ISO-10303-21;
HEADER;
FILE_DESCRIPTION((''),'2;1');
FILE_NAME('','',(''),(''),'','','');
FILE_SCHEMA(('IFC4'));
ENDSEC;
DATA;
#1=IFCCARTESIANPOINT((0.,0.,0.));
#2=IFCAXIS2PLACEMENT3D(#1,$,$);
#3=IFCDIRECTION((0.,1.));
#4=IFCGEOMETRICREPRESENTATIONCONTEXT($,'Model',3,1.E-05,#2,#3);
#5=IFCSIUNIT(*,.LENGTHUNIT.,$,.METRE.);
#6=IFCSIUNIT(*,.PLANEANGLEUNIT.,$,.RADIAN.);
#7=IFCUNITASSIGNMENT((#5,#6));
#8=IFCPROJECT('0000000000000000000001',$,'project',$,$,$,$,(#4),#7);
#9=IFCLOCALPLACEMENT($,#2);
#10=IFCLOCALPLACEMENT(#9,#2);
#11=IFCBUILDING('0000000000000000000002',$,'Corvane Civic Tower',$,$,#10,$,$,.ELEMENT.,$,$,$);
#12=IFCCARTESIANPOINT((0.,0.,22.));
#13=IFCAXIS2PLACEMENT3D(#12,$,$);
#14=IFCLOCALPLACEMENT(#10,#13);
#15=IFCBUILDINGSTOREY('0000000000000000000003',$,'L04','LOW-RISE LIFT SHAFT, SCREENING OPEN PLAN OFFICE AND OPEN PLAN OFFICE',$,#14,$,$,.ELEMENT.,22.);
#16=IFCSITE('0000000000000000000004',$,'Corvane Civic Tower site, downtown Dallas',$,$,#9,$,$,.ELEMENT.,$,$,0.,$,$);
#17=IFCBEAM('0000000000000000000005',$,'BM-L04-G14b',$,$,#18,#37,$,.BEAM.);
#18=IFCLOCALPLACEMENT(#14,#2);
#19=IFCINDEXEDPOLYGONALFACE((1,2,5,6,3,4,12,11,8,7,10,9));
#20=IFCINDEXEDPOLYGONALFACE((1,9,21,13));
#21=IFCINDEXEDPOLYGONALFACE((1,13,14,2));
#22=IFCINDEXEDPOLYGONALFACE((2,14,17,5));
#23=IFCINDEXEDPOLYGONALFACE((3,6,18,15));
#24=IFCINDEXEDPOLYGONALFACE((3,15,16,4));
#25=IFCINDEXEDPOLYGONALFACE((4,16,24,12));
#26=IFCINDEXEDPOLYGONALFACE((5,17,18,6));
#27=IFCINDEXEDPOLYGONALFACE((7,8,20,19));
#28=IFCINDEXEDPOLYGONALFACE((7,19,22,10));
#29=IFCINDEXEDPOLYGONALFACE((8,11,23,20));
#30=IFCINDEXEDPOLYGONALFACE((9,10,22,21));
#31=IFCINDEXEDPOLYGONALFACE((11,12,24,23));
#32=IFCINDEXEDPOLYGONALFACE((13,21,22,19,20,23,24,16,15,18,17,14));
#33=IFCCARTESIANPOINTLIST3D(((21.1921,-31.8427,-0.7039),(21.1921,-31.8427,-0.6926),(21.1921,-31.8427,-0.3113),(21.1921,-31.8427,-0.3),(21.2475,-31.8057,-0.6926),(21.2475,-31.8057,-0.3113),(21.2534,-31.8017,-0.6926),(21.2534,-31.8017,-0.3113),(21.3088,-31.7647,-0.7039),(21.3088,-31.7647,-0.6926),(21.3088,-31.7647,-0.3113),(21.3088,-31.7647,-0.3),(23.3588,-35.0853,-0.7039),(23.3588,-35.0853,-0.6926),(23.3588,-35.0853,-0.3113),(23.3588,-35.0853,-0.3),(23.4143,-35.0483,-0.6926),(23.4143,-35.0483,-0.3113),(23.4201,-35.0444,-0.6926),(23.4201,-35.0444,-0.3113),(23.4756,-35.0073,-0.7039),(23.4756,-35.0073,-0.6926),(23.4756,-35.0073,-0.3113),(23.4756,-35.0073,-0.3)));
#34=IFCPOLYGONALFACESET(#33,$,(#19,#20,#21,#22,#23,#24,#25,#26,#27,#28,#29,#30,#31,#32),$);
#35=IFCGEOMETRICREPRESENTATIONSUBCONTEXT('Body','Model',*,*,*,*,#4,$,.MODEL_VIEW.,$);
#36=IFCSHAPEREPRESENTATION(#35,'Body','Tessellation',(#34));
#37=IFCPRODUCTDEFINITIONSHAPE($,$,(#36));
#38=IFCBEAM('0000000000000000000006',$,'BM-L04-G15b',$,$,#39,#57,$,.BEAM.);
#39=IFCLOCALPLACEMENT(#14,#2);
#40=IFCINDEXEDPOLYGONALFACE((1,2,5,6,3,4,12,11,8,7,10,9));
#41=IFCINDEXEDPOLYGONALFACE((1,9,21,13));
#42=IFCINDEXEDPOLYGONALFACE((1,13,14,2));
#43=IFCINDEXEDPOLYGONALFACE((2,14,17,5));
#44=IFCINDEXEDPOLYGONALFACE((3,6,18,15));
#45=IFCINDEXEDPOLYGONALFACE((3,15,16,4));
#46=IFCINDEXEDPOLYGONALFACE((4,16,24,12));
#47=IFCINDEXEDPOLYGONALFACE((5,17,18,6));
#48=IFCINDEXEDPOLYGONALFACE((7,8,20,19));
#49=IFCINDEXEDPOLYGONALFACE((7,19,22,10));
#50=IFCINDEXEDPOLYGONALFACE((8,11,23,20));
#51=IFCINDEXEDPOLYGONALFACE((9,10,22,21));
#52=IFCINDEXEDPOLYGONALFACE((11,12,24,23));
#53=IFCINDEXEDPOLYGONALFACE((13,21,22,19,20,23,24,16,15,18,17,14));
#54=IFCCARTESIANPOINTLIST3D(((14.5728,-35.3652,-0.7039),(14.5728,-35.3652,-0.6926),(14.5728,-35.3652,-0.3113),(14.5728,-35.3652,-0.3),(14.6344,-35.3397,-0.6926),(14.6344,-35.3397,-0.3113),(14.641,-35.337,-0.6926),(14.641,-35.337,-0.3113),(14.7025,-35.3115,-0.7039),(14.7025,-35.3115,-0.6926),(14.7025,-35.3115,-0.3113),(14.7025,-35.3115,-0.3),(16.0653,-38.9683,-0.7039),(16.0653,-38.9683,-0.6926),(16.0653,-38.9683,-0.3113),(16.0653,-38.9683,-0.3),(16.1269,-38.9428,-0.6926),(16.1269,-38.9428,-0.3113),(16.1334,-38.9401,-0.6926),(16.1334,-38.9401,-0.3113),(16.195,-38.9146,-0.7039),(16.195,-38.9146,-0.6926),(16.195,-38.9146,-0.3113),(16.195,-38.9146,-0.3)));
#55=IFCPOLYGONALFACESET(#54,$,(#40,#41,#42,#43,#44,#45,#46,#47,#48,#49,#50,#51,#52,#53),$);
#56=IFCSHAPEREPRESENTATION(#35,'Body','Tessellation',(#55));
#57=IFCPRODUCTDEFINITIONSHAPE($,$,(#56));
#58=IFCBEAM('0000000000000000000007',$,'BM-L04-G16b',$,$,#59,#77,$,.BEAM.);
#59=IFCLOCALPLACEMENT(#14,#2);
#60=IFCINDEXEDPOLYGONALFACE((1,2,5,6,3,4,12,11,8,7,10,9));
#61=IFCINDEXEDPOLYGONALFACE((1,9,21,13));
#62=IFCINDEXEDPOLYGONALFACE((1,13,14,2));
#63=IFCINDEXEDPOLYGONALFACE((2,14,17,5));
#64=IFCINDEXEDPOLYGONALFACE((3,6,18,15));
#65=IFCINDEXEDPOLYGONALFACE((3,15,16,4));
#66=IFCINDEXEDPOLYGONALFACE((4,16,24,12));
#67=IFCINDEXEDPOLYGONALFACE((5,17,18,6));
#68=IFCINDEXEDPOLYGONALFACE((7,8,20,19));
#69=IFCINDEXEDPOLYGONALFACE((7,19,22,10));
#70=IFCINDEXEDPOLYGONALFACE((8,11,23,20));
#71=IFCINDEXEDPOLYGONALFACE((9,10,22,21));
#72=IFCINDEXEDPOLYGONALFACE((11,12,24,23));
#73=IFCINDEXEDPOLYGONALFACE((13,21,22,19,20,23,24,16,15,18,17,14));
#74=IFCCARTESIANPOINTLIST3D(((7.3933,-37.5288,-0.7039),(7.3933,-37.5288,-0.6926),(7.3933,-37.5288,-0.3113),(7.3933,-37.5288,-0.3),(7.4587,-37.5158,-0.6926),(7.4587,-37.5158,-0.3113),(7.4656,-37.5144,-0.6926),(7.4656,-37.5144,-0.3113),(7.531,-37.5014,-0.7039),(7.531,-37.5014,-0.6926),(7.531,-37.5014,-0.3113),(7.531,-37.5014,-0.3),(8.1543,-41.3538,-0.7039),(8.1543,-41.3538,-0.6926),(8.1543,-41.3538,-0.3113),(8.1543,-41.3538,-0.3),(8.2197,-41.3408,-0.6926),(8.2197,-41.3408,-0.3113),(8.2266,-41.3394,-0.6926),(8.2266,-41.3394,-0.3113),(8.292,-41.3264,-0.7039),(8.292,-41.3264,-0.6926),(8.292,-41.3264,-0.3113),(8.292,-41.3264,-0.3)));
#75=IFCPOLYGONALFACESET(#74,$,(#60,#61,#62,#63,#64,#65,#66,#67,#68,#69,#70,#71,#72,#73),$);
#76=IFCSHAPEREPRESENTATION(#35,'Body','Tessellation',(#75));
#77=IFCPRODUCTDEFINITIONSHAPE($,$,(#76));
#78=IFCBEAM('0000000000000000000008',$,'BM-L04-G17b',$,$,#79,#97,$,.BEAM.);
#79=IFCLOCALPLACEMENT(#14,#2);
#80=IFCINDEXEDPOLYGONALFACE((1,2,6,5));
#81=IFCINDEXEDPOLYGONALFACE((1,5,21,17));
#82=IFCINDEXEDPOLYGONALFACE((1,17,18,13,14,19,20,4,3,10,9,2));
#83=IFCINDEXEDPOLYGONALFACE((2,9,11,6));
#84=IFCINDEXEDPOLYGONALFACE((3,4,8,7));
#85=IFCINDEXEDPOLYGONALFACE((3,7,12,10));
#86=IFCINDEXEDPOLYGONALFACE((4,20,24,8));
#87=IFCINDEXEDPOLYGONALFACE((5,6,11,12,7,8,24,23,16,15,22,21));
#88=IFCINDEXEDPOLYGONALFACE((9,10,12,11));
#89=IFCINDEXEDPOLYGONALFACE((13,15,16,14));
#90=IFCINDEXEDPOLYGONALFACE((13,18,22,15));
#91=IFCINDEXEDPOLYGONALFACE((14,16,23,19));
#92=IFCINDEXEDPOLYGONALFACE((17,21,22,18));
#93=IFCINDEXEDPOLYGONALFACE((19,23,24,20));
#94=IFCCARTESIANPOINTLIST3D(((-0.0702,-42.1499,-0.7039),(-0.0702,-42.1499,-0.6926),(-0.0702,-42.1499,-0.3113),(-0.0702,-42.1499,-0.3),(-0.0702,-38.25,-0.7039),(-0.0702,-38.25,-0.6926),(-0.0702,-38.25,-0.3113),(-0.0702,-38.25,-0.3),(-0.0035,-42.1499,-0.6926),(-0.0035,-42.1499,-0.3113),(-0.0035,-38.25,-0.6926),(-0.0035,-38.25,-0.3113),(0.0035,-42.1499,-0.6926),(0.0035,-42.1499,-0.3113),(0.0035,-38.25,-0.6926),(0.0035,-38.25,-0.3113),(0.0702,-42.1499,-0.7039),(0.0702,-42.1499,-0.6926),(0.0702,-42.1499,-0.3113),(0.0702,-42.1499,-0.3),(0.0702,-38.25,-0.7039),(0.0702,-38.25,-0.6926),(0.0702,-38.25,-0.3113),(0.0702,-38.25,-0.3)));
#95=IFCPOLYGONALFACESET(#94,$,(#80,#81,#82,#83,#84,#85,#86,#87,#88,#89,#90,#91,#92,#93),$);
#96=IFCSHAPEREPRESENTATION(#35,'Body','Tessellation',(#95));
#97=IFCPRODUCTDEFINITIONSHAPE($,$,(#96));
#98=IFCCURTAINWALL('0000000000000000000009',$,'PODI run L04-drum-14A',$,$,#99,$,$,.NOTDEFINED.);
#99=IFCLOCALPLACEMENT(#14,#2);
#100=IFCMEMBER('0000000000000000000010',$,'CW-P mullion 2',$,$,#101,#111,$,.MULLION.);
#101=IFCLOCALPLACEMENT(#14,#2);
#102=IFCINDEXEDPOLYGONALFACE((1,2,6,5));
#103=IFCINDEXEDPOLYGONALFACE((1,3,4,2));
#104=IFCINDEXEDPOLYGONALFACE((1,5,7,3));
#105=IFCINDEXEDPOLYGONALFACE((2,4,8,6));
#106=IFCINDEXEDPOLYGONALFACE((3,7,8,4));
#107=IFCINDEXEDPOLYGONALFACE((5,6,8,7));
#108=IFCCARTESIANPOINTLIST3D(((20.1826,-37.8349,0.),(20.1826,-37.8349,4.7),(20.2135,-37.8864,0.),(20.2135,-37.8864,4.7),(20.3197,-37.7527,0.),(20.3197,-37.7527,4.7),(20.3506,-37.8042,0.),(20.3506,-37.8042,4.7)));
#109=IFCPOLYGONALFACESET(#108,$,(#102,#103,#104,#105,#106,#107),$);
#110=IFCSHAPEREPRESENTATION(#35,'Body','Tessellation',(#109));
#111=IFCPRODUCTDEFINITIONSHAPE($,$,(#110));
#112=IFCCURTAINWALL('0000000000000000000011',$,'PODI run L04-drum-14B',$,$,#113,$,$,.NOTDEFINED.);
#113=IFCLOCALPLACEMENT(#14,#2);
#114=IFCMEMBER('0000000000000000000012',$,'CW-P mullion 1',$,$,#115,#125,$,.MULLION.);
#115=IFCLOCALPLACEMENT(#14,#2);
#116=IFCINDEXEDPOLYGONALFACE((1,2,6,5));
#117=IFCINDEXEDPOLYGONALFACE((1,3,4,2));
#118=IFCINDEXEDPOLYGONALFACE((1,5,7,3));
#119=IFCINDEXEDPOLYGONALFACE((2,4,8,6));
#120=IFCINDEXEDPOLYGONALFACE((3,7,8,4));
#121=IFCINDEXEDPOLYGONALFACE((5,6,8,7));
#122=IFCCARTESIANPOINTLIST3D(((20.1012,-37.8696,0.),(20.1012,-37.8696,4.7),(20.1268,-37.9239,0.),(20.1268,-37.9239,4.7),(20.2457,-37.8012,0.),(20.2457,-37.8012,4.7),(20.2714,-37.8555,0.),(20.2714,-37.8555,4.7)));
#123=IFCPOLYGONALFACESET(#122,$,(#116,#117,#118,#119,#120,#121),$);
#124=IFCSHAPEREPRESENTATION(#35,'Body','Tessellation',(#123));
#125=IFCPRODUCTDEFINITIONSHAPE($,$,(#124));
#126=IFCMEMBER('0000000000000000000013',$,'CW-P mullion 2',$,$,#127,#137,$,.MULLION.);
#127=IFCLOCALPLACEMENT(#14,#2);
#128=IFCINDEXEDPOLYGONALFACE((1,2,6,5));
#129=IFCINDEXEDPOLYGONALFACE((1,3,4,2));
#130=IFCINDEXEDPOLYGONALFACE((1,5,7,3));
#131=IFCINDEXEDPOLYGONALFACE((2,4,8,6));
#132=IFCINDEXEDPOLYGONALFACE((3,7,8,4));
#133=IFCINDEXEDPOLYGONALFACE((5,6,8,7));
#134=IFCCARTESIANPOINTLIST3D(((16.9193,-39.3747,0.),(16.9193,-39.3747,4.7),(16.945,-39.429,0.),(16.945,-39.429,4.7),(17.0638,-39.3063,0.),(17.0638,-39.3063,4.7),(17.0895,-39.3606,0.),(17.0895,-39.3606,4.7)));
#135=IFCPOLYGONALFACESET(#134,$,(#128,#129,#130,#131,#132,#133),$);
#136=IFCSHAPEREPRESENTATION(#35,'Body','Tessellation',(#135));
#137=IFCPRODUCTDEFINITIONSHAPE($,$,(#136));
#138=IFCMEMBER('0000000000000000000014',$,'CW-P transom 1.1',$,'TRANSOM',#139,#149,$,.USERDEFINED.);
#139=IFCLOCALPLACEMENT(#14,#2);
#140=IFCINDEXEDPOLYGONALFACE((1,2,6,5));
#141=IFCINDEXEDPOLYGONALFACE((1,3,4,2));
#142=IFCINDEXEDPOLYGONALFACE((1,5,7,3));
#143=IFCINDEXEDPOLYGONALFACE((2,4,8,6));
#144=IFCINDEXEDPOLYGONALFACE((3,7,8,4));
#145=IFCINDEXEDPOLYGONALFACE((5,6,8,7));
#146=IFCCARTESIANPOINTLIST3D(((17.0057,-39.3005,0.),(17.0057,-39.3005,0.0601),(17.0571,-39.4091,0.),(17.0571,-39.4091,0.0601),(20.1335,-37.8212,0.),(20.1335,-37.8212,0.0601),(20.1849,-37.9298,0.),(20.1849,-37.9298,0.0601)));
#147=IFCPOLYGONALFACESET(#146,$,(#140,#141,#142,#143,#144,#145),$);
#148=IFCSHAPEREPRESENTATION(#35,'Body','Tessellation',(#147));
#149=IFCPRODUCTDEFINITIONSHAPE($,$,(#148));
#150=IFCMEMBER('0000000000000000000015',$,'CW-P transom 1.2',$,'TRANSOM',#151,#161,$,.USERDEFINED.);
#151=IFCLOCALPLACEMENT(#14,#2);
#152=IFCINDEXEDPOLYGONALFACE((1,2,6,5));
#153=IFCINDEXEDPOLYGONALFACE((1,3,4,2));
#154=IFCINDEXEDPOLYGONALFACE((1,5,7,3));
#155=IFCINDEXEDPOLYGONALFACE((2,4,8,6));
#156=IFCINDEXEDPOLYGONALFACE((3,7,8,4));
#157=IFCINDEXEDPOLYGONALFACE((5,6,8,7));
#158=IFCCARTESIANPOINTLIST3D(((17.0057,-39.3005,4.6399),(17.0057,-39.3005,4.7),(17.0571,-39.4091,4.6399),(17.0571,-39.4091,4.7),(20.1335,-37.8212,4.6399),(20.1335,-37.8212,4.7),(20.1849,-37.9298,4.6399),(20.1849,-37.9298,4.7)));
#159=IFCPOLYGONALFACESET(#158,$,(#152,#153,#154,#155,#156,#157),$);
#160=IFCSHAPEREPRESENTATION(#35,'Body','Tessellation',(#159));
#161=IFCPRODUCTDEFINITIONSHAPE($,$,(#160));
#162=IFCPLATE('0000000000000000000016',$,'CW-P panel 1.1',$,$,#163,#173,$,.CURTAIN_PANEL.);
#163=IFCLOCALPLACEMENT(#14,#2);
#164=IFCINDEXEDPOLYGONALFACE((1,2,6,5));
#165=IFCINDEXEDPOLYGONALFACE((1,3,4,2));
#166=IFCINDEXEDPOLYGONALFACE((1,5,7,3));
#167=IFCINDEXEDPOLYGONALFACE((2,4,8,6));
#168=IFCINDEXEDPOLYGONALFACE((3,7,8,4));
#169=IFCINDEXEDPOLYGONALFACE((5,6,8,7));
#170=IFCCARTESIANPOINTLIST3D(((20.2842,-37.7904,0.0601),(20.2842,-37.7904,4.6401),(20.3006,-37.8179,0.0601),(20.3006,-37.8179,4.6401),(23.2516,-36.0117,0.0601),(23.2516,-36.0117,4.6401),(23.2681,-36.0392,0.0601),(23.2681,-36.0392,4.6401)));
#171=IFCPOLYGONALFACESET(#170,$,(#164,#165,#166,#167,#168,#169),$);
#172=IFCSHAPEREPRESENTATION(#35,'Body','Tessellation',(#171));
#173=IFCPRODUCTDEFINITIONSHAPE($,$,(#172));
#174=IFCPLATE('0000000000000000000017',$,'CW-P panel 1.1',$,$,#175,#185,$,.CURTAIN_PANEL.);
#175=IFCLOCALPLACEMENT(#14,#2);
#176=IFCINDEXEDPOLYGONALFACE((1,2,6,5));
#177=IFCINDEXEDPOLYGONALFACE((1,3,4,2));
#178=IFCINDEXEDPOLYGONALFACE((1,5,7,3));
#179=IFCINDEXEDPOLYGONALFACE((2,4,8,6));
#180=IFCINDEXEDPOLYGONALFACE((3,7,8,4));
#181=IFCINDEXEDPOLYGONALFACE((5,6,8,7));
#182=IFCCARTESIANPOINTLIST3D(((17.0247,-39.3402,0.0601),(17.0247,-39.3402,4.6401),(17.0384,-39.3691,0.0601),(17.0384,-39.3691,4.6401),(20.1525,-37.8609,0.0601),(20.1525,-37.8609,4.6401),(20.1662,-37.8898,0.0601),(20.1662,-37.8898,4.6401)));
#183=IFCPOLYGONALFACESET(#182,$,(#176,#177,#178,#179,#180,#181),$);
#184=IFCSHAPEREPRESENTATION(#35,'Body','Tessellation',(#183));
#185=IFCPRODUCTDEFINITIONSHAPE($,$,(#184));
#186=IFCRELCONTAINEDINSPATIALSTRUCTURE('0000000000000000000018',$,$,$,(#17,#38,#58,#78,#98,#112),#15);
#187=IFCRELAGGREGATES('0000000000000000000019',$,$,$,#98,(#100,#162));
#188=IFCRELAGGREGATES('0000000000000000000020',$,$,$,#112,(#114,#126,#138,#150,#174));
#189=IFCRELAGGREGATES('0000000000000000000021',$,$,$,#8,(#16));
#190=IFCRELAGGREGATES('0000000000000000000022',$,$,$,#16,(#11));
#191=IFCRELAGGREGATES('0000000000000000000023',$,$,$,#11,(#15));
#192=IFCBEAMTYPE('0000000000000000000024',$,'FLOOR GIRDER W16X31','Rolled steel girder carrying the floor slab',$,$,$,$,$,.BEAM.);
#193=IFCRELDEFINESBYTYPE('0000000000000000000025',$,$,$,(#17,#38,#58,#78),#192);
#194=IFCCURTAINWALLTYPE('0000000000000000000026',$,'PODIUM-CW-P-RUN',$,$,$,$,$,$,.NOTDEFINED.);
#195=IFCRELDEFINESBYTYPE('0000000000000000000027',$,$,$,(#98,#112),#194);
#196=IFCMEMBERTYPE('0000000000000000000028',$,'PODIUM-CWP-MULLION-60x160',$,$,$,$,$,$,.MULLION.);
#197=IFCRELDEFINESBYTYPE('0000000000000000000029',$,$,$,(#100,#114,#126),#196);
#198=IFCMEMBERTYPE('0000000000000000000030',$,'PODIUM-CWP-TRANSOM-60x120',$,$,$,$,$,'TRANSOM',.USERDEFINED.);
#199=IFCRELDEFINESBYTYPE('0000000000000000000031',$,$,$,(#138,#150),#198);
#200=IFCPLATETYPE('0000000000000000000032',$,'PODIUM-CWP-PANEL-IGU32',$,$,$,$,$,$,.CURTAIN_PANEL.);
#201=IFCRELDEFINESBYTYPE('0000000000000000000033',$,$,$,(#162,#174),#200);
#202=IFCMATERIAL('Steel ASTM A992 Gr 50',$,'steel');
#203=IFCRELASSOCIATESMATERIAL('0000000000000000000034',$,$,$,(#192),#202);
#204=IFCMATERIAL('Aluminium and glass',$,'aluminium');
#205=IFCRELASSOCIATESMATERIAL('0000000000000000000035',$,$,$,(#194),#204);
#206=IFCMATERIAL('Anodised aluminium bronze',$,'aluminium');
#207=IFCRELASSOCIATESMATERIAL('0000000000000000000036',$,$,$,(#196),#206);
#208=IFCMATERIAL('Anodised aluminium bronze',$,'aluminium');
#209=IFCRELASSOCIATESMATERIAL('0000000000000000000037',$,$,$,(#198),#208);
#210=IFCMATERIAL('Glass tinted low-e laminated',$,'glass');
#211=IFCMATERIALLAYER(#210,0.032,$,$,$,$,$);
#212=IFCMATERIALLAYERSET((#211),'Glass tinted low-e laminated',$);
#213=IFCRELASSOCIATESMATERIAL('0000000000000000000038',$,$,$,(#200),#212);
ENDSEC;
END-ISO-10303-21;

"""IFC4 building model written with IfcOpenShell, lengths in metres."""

from ifc_helpers import new_model, si_unit, direction, frame, origin, origin_2d, place, context, subcontext, project, spatial, rectangle, i_section, extrude, material, layer, layer_set, material_profile, profile_set, type_object, element, aggregate, save


model = new_model("IFC4")

# Units and contexts
model_context = context("Model", 3, precision=1e-05, world=origin(), true_north=direction((0.0, 1.0)))
body_context = subcontext(model_context, "Body", "Model", "MODEL_VIEW")
ifc_project = project(units=[si_unit("LENGTHUNIT", "METRE"), si_unit("PLANEANGLEUNIT", "RADIAN")], contexts=[model_context])

# Site, building, storey
site_placement = place(None, origin())
site = spatial("IfcSite", under=ifc_project, at=site_placement, Name="Corvane Civic Tower site, downtown Dallas", CompositionType="ELEMENT", RefElevation=0.0)
building_placement = place(site_placement, origin())
building = spatial("IfcBuilding", under=site, at=building_placement, Name="Corvane Civic Tower", CompositionType="ELEMENT")
storey_placement = place(building_placement, frame((0.0, 0.0, 22.0)))
storey = spatial("IfcBuildingStorey", under=building, at=storey_placement, Name="L04", Description="LOW-RISE LIFT SHAFT, SCREENING OPEN PLAN OFFICE AND OPEN PLAN OFFICE", CompositionType="ELEMENT", Elevation=22.0)

# Beams
ifc_material_1 = material(Name="Steel ASTM A992 Gr 50", Category="steel")
ifc_material_profile_1 = material_profile(ifc_material_1, i_section(OverallWidth=0.1404, OverallDepth=0.4038, WebThickness=0.0071, FlangeThickness=0.0112, at=origin_2d()), Name="W16X31")
ifc_profile_set_1 = profile_set([ifc_material_profile_1], Name="Steel ASTM A992 Gr 50")
beam_type = type_object("IfcBeamType", Name="FLOOR GIRDER W16X31", Description="Rolled steel girder carrying the floor slab", PredefinedType="BEAM", material=ifc_profile_set_1)
for number, where, z_axis, x_axis, name in (
    (1, (21.2505, -31.8037, -0.502), (0.555581, -0.831462, 0.0), (0.831462, 0.555581, 0.0), "BM-L04-G14b"),
    (2, (14.6377, -35.3384, -0.502), (0.382685, -0.923879, 0.0), (0.923879, 0.382685, 0.0), "BM-L04-G15b"),
    (3, (7.4622, -37.5151, -0.502), (0.195129, -0.980778, 0.0), (0.980778, 0.195129, 0.0), "BM-L04-G16b"),
    (4, (0.0, -38.25, -0.502), (0.0, -1.0, 0.0), (1.0, 0.0, 0.0), "BM-L04-G17b"),
):
    element("IfcBeam", number, at=place(storey_placement, frame(where, z_axis=z_axis, x_axis=x_axis)), inside=storey, type_object=beam_type, Name=name, PredefinedType="BEAM", context=body_context, shape_type="SweptSolid", body=[
        extrude(i_section(OverallWidth=0.1404, OverallDepth=0.4038, WebThickness=0.0071, FlangeThickness=0.0112, at=origin_2d()), origin(), (0.0, 0.0, 1.0), 3.8999),
    ])

# Curtain wall, member
ifc_material_2 = material(Name="Aluminium and glass", Category="aluminium")
curtain_wall_type = type_object("IfcCurtainWallType", Name="PODIUM-CW-P-RUN", PredefinedType="NOTDEFINED", material=ifc_material_2)
curtain_wall_1_placement = place(storey_placement, origin())
curtain_wall_1 = element("IfcCurtainWall", 5, at=curtain_wall_1_placement, inside=storey, type_object=curtain_wall_type, Name="PODI run L04-drum-14A", PredefinedType="NOTDEFINED")
ifc_material_3 = material(Name="Anodised aluminium bronze", Category="aluminium")
ifc_material_profile_2 = material_profile(ifc_material_3, rectangle(XDim=0.0601, YDim=0.1599, at=origin_2d()), Name="AL 60x160")
ifc_profile_set_2 = profile_set([ifc_material_profile_2], Name="Anodised aluminium bronze")
member_type_1 = type_object("IfcMemberType", Name="PODIUM-CWP-MULLION-60x160", PredefinedType="MULLION", material=ifc_profile_set_2)
member_1_placement = place(storey_placement, frame((20.2666, -37.8196, 0.0), z_axis=(0.0, 0.0, 1.0), x_axis=(0.514118, -0.85772, 0.0)))
member_1 = element("IfcMember", 6, at=member_1_placement, type_object=member_type_1, Name="CW-P mullion 2", PredefinedType="MULLION", context=body_context, shape_type="SweptSolid", body=[
    extrude(rectangle(XDim=0.0601, YDim=0.1599, at=origin_2d()), origin(), (0.0, 0.0, 1.0), 4.7),
])

# Curtain wall, members
curtain_wall_2_placement = place(storey_placement, origin())
curtain_wall_2 = element("IfcCurtainWall", 7, at=curtain_wall_2_placement, inside=storey, type_object=curtain_wall_type, Name="PODI run L04-drum-14B", PredefinedType="NOTDEFINED")
member_2_placement = place(storey_placement, frame((20.1863, -37.8625, 0.0), z_axis=(0.0, 0.0, 1.0), x_axis=(0.427553, -0.90399, 0.0)))
member_2 = element("IfcMember", 8, at=member_2_placement, type_object=member_type_1, Name="CW-P mullion 1", PredefinedType="MULLION", context=body_context, shape_type="SweptSolid", body=[
    extrude(rectangle(XDim=0.0601, YDim=0.1599, at=origin_2d()), origin(), (0.0, 0.0, 1.0), 4.7),
])
member_3_placement = place(storey_placement, frame((17.0044, -39.3677, 0.0), z_axis=(0.0, 0.0, 1.0), x_axis=(0.427553, -0.90399, 0.0)))
member_3 = element("IfcMember", 9, at=member_3_placement, type_object=member_type_1, Name="CW-P mullion 2", PredefinedType="MULLION", context=body_context, shape_type="SweptSolid", body=[
    extrude(rectangle(XDim=0.0601, YDim=0.1599, at=origin_2d()), origin(), (0.0, 0.0, 1.0), 4.7),
])
ifc_material_4 = material(Name="Anodised aluminium bronze", Category="aluminium")
ifc_material_profile_3 = material_profile(ifc_material_4, rectangle(XDim=0.1201, YDim=0.0601, at=origin_2d()), Name="AL 120x60")
ifc_profile_set_3 = profile_set([ifc_material_profile_3], Name="Anodised aluminium bronze")
member_type_2 = type_object("IfcMemberType", Name="PODIUM-CWP-TRANSOM-60x120", ElementType="TRANSOM", PredefinedType="USERDEFINED", material=ifc_profile_set_3)
member_4_placement = place(storey_placement, frame((20.1592, -37.8755, 0.03), z_axis=(-0.903993, -0.427546, 0.0), x_axis=(0.427546, -0.903993, 0.0)))
member_4 = element("IfcMember", 10, at=member_4_placement, type_object=member_type_2, Name="CW-P transom 1.1", ObjectType="TRANSOM", PredefinedType="USERDEFINED", context=body_context, shape_type="SweptSolid", body=[
    extrude(rectangle(XDim=0.1201, YDim=0.0601, at=origin_2d()), origin(), (0.0, 0.0, 1.0), 3.46),
])
member_5_placement = place(storey_placement, frame((20.1592, -37.8755, 4.6699), z_axis=(-0.903993, -0.427546, 0.0), x_axis=(0.427546, -0.903993, 0.0)))
member_5 = element("IfcMember", 11, at=member_5_placement, type_object=member_type_2, Name="CW-P transom 1.2", ObjectType="TRANSOM", PredefinedType="USERDEFINED", context=body_context, shape_type="SweptSolid", body=[
    extrude(rectangle(XDim=0.1201, YDim=0.0601, at=origin_2d()), origin(), (0.0, 0.0, 1.0), 3.46),
])

# Plates
ifc_material_5 = material(Name="Glass tinted low-e laminated", Category="glass")
ifc_layer_1 = layer(ifc_material_5, 0.032)
ifc_layer_set_1 = layer_set([ifc_layer_1], Name="Glass tinted low-e laminated")
plate_type = type_object("IfcPlateType", Name="PODIUM-CWP-PANEL-IGU32", PredefinedType="CURTAIN_PANEL", material=ifc_layer_set_1)
plate_1_placement = place(storey_placement, frame((21.7761, -36.9148, 0.0601), z_axis=(0.0, 0.0, 1.0), x_axis=(-0.85772, -0.514118, 0.0)))
plate_1 = element("IfcPlate", 12, at=plate_1_placement, type_object=plate_type, Name="CW-P panel 1.1", PredefinedType="CURTAIN_PANEL", context=body_context, shape_type="SweptSolid", body=[
    extrude(rectangle(XDim=3.4597, YDim=0.032, at=origin_2d()), origin(), (0.0, 0.0, 1.0), 4.5801),
])
aggregate(curtain_wall_1, [member_1, plate_1])
plate_2_placement = place(storey_placement, frame((18.5955, -38.615, 0.0601), z_axis=(0.0, 0.0, 1.0), x_axis=(-0.90399, -0.427553, 0.0)))
plate_2 = element("IfcPlate", 13, at=plate_2_placement, type_object=plate_type, Name="CW-P panel 1.1", PredefinedType="CURTAIN_PANEL", context=body_context, shape_type="SweptSolid", body=[
    extrude(rectangle(XDim=3.46, YDim=0.032, at=origin_2d()), origin(), (0.0, 0.0, 1.0), 4.5801),
])
aggregate(curtain_wall_2, [member_2, member_3, member_4, member_5, plate_2])

save(model, "model.ifc")
